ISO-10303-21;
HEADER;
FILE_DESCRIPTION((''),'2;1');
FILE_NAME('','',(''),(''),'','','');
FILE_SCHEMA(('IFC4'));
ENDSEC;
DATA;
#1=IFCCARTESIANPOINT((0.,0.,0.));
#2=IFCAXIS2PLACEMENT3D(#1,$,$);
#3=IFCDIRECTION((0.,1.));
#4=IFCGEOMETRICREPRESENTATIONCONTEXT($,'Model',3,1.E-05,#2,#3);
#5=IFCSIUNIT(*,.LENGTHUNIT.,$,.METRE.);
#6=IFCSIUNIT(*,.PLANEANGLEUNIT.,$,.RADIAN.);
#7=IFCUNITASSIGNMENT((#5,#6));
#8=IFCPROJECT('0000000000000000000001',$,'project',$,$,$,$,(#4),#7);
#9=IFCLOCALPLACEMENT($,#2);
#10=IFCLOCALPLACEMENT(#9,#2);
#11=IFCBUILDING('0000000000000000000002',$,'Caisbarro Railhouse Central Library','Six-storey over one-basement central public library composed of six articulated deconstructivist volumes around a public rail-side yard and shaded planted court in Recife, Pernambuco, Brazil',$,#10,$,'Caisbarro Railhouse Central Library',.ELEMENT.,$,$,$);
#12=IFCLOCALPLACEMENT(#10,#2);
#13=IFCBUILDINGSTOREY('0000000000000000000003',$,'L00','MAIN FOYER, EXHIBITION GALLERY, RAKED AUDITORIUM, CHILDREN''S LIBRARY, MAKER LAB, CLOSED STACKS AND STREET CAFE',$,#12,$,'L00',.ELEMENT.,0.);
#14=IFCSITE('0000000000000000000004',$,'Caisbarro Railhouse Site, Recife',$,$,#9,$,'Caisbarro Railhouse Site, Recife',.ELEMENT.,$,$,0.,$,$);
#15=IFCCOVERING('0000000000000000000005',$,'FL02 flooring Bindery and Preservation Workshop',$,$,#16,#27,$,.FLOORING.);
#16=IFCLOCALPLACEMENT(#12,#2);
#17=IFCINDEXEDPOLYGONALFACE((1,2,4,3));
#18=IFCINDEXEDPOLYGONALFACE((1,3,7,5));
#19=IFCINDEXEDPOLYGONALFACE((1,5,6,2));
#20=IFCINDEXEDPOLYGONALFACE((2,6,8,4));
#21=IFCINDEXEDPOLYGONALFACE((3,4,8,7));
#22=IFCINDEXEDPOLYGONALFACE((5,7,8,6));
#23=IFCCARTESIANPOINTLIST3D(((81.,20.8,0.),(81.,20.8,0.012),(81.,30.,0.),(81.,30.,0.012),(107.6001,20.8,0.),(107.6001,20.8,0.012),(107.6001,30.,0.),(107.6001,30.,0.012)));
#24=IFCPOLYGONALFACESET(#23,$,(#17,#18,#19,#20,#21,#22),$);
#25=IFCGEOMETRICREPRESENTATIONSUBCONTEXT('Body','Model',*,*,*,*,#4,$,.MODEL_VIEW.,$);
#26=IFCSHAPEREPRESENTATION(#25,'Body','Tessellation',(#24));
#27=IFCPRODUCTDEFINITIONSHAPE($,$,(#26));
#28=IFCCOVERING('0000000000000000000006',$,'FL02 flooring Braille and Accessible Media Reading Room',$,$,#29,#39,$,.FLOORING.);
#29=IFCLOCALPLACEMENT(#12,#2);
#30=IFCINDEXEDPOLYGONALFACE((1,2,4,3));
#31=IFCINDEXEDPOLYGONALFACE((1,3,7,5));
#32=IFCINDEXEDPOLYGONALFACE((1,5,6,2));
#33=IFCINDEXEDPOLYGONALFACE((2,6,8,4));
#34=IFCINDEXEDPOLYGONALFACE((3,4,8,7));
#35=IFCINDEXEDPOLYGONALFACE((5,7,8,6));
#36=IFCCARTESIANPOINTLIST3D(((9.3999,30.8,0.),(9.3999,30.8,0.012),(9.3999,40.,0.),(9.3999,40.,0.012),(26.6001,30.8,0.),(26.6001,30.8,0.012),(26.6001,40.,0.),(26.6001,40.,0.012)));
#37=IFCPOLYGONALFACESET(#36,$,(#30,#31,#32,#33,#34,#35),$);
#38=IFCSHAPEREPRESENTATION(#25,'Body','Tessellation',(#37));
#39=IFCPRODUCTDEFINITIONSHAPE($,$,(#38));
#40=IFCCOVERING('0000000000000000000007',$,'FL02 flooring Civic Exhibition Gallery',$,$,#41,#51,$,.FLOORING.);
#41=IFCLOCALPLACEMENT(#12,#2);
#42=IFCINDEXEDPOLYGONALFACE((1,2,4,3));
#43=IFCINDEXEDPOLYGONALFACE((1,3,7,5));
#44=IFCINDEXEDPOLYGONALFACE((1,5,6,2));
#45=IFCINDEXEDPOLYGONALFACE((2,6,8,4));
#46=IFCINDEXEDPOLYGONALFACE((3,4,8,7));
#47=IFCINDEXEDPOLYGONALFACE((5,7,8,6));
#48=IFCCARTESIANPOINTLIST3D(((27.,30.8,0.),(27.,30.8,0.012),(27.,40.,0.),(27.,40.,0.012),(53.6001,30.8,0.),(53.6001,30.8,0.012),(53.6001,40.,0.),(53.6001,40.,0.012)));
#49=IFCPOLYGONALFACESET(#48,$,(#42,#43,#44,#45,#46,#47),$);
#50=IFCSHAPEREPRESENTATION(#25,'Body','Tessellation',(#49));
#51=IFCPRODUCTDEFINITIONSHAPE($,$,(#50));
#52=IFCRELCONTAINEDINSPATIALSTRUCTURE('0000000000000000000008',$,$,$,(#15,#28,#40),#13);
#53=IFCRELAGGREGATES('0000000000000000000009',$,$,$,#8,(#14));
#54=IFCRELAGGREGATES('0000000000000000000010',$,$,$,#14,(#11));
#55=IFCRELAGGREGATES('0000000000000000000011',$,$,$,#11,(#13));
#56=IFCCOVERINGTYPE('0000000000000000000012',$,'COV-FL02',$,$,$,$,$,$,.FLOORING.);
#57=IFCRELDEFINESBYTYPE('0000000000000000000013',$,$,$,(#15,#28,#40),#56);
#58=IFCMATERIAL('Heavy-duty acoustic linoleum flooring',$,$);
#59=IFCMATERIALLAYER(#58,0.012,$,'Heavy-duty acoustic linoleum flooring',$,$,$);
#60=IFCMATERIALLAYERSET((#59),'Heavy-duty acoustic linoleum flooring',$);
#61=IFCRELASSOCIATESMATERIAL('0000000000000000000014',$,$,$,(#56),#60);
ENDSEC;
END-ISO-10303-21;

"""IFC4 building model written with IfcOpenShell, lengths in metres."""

from ifc_helpers import new_model, si_unit, direction, origin, place, context, subcontext, project, spatial, polyline, outline, extrude, material, layer, layer_set, type_object, element, save


model = new_model("IFC4")

# Units and contexts
model_context = context("Model", 3, precision=1e-05, world=origin(), true_north=direction((0.0, 1.0)))
body_context = subcontext(model_context, "Body", "Model", "MODEL_VIEW")
ifc_project = project(units=[si_unit("LENGTHUNIT", "METRE"), si_unit("PLANEANGLEUNIT", "RADIAN")], contexts=[model_context])

# Site, building, storey
site_placement = place(None, origin())
site = spatial("IfcSite", under=ifc_project, at=site_placement, Name="Caisbarro Railhouse Site, Recife", LongName="Caisbarro Railhouse Site, Recife", CompositionType="ELEMENT", RefElevation=0.0)
building_placement = place(site_placement, origin())
building = spatial("IfcBuilding", under=site, at=building_placement, Name="Caisbarro Railhouse Central Library", Description="Six-storey over one-basement central public library composed of six articulated deconstructivist volumes around a public rail-side yard and shaded planted court in Recife, Pernambuco, Brazil", LongName="Caisbarro Railhouse Central Library", CompositionType="ELEMENT")
storey_placement = place(building_placement, origin())
storey = spatial("IfcBuildingStorey", under=building, at=storey_placement, Name="L00", Description="MAIN FOYER, EXHIBITION GALLERY, RAKED AUDITORIUM, CHILDREN'S LIBRARY, MAKER LAB, CLOSED STACKS AND STREET CAFE", LongName="L00", CompositionType="ELEMENT", Elevation=0.0)

# Coverings
ifc_material_1 = material(Name="Heavy-duty acoustic linoleum flooring")
ifc_layer_1 = layer(ifc_material_1, 0.012, Name="Heavy-duty acoustic linoleum flooring")
ifc_layer_set_1 = layer_set([ifc_layer_1], Name="Heavy-duty acoustic linoleum flooring")
covering_type_1 = type_object("IfcCoveringType", Name="COV-FL02", PredefinedType="FLOORING", material=ifc_layer_set_1)
covering_1_placement = place(storey_placement, origin())
element("IfcCovering", 1, at=covering_1_placement, inside=storey, type_object=covering_type_1, Name="FL02 flooring Bindery and Preservation Workshop", PredefinedType="FLOORING", context=body_context, shape_type="SweptSolid", body=[
    extrude(outline(polyline([(81.0, 20.8), (107.6001, 20.8), (107.6001, 30.0), (81.0, 30.0), (81.0, 20.8)])), origin(), (0.0, 0.0, 1.0), 0.012),
])
covering_2_placement = place(storey_placement, origin())
element("IfcCovering", 2, at=covering_2_placement, inside=storey, type_object=covering_type_1, Name="FL02 flooring Braille and Accessible Media Reading Room", PredefinedType="FLOORING", context=body_context, shape_type="SweptSolid", body=[
    extrude(outline(polyline([(9.3999, 30.8), (26.6001, 30.8), (26.6001, 40.0), (9.3999, 40.0), (9.3999, 30.8)])), origin(), (0.0, 0.0, 1.0), 0.012),
])
covering_3_placement = place(storey_placement, origin())
element("IfcCovering", 3, at=covering_3_placement, inside=storey, type_object=covering_type_1, Name="FL02 flooring Civic Exhibition Gallery", PredefinedType="FLOORING", context=body_context, shape_type="SweptSolid", body=[
    extrude(outline(polyline([(27.0, 30.8), (53.6001, 30.8), (53.6001, 40.0), (27.0, 40.0), (27.0, 30.8)])), origin(), (0.0, 0.0, 1.0), 0.012),
])

save(model, "model.ifc")
